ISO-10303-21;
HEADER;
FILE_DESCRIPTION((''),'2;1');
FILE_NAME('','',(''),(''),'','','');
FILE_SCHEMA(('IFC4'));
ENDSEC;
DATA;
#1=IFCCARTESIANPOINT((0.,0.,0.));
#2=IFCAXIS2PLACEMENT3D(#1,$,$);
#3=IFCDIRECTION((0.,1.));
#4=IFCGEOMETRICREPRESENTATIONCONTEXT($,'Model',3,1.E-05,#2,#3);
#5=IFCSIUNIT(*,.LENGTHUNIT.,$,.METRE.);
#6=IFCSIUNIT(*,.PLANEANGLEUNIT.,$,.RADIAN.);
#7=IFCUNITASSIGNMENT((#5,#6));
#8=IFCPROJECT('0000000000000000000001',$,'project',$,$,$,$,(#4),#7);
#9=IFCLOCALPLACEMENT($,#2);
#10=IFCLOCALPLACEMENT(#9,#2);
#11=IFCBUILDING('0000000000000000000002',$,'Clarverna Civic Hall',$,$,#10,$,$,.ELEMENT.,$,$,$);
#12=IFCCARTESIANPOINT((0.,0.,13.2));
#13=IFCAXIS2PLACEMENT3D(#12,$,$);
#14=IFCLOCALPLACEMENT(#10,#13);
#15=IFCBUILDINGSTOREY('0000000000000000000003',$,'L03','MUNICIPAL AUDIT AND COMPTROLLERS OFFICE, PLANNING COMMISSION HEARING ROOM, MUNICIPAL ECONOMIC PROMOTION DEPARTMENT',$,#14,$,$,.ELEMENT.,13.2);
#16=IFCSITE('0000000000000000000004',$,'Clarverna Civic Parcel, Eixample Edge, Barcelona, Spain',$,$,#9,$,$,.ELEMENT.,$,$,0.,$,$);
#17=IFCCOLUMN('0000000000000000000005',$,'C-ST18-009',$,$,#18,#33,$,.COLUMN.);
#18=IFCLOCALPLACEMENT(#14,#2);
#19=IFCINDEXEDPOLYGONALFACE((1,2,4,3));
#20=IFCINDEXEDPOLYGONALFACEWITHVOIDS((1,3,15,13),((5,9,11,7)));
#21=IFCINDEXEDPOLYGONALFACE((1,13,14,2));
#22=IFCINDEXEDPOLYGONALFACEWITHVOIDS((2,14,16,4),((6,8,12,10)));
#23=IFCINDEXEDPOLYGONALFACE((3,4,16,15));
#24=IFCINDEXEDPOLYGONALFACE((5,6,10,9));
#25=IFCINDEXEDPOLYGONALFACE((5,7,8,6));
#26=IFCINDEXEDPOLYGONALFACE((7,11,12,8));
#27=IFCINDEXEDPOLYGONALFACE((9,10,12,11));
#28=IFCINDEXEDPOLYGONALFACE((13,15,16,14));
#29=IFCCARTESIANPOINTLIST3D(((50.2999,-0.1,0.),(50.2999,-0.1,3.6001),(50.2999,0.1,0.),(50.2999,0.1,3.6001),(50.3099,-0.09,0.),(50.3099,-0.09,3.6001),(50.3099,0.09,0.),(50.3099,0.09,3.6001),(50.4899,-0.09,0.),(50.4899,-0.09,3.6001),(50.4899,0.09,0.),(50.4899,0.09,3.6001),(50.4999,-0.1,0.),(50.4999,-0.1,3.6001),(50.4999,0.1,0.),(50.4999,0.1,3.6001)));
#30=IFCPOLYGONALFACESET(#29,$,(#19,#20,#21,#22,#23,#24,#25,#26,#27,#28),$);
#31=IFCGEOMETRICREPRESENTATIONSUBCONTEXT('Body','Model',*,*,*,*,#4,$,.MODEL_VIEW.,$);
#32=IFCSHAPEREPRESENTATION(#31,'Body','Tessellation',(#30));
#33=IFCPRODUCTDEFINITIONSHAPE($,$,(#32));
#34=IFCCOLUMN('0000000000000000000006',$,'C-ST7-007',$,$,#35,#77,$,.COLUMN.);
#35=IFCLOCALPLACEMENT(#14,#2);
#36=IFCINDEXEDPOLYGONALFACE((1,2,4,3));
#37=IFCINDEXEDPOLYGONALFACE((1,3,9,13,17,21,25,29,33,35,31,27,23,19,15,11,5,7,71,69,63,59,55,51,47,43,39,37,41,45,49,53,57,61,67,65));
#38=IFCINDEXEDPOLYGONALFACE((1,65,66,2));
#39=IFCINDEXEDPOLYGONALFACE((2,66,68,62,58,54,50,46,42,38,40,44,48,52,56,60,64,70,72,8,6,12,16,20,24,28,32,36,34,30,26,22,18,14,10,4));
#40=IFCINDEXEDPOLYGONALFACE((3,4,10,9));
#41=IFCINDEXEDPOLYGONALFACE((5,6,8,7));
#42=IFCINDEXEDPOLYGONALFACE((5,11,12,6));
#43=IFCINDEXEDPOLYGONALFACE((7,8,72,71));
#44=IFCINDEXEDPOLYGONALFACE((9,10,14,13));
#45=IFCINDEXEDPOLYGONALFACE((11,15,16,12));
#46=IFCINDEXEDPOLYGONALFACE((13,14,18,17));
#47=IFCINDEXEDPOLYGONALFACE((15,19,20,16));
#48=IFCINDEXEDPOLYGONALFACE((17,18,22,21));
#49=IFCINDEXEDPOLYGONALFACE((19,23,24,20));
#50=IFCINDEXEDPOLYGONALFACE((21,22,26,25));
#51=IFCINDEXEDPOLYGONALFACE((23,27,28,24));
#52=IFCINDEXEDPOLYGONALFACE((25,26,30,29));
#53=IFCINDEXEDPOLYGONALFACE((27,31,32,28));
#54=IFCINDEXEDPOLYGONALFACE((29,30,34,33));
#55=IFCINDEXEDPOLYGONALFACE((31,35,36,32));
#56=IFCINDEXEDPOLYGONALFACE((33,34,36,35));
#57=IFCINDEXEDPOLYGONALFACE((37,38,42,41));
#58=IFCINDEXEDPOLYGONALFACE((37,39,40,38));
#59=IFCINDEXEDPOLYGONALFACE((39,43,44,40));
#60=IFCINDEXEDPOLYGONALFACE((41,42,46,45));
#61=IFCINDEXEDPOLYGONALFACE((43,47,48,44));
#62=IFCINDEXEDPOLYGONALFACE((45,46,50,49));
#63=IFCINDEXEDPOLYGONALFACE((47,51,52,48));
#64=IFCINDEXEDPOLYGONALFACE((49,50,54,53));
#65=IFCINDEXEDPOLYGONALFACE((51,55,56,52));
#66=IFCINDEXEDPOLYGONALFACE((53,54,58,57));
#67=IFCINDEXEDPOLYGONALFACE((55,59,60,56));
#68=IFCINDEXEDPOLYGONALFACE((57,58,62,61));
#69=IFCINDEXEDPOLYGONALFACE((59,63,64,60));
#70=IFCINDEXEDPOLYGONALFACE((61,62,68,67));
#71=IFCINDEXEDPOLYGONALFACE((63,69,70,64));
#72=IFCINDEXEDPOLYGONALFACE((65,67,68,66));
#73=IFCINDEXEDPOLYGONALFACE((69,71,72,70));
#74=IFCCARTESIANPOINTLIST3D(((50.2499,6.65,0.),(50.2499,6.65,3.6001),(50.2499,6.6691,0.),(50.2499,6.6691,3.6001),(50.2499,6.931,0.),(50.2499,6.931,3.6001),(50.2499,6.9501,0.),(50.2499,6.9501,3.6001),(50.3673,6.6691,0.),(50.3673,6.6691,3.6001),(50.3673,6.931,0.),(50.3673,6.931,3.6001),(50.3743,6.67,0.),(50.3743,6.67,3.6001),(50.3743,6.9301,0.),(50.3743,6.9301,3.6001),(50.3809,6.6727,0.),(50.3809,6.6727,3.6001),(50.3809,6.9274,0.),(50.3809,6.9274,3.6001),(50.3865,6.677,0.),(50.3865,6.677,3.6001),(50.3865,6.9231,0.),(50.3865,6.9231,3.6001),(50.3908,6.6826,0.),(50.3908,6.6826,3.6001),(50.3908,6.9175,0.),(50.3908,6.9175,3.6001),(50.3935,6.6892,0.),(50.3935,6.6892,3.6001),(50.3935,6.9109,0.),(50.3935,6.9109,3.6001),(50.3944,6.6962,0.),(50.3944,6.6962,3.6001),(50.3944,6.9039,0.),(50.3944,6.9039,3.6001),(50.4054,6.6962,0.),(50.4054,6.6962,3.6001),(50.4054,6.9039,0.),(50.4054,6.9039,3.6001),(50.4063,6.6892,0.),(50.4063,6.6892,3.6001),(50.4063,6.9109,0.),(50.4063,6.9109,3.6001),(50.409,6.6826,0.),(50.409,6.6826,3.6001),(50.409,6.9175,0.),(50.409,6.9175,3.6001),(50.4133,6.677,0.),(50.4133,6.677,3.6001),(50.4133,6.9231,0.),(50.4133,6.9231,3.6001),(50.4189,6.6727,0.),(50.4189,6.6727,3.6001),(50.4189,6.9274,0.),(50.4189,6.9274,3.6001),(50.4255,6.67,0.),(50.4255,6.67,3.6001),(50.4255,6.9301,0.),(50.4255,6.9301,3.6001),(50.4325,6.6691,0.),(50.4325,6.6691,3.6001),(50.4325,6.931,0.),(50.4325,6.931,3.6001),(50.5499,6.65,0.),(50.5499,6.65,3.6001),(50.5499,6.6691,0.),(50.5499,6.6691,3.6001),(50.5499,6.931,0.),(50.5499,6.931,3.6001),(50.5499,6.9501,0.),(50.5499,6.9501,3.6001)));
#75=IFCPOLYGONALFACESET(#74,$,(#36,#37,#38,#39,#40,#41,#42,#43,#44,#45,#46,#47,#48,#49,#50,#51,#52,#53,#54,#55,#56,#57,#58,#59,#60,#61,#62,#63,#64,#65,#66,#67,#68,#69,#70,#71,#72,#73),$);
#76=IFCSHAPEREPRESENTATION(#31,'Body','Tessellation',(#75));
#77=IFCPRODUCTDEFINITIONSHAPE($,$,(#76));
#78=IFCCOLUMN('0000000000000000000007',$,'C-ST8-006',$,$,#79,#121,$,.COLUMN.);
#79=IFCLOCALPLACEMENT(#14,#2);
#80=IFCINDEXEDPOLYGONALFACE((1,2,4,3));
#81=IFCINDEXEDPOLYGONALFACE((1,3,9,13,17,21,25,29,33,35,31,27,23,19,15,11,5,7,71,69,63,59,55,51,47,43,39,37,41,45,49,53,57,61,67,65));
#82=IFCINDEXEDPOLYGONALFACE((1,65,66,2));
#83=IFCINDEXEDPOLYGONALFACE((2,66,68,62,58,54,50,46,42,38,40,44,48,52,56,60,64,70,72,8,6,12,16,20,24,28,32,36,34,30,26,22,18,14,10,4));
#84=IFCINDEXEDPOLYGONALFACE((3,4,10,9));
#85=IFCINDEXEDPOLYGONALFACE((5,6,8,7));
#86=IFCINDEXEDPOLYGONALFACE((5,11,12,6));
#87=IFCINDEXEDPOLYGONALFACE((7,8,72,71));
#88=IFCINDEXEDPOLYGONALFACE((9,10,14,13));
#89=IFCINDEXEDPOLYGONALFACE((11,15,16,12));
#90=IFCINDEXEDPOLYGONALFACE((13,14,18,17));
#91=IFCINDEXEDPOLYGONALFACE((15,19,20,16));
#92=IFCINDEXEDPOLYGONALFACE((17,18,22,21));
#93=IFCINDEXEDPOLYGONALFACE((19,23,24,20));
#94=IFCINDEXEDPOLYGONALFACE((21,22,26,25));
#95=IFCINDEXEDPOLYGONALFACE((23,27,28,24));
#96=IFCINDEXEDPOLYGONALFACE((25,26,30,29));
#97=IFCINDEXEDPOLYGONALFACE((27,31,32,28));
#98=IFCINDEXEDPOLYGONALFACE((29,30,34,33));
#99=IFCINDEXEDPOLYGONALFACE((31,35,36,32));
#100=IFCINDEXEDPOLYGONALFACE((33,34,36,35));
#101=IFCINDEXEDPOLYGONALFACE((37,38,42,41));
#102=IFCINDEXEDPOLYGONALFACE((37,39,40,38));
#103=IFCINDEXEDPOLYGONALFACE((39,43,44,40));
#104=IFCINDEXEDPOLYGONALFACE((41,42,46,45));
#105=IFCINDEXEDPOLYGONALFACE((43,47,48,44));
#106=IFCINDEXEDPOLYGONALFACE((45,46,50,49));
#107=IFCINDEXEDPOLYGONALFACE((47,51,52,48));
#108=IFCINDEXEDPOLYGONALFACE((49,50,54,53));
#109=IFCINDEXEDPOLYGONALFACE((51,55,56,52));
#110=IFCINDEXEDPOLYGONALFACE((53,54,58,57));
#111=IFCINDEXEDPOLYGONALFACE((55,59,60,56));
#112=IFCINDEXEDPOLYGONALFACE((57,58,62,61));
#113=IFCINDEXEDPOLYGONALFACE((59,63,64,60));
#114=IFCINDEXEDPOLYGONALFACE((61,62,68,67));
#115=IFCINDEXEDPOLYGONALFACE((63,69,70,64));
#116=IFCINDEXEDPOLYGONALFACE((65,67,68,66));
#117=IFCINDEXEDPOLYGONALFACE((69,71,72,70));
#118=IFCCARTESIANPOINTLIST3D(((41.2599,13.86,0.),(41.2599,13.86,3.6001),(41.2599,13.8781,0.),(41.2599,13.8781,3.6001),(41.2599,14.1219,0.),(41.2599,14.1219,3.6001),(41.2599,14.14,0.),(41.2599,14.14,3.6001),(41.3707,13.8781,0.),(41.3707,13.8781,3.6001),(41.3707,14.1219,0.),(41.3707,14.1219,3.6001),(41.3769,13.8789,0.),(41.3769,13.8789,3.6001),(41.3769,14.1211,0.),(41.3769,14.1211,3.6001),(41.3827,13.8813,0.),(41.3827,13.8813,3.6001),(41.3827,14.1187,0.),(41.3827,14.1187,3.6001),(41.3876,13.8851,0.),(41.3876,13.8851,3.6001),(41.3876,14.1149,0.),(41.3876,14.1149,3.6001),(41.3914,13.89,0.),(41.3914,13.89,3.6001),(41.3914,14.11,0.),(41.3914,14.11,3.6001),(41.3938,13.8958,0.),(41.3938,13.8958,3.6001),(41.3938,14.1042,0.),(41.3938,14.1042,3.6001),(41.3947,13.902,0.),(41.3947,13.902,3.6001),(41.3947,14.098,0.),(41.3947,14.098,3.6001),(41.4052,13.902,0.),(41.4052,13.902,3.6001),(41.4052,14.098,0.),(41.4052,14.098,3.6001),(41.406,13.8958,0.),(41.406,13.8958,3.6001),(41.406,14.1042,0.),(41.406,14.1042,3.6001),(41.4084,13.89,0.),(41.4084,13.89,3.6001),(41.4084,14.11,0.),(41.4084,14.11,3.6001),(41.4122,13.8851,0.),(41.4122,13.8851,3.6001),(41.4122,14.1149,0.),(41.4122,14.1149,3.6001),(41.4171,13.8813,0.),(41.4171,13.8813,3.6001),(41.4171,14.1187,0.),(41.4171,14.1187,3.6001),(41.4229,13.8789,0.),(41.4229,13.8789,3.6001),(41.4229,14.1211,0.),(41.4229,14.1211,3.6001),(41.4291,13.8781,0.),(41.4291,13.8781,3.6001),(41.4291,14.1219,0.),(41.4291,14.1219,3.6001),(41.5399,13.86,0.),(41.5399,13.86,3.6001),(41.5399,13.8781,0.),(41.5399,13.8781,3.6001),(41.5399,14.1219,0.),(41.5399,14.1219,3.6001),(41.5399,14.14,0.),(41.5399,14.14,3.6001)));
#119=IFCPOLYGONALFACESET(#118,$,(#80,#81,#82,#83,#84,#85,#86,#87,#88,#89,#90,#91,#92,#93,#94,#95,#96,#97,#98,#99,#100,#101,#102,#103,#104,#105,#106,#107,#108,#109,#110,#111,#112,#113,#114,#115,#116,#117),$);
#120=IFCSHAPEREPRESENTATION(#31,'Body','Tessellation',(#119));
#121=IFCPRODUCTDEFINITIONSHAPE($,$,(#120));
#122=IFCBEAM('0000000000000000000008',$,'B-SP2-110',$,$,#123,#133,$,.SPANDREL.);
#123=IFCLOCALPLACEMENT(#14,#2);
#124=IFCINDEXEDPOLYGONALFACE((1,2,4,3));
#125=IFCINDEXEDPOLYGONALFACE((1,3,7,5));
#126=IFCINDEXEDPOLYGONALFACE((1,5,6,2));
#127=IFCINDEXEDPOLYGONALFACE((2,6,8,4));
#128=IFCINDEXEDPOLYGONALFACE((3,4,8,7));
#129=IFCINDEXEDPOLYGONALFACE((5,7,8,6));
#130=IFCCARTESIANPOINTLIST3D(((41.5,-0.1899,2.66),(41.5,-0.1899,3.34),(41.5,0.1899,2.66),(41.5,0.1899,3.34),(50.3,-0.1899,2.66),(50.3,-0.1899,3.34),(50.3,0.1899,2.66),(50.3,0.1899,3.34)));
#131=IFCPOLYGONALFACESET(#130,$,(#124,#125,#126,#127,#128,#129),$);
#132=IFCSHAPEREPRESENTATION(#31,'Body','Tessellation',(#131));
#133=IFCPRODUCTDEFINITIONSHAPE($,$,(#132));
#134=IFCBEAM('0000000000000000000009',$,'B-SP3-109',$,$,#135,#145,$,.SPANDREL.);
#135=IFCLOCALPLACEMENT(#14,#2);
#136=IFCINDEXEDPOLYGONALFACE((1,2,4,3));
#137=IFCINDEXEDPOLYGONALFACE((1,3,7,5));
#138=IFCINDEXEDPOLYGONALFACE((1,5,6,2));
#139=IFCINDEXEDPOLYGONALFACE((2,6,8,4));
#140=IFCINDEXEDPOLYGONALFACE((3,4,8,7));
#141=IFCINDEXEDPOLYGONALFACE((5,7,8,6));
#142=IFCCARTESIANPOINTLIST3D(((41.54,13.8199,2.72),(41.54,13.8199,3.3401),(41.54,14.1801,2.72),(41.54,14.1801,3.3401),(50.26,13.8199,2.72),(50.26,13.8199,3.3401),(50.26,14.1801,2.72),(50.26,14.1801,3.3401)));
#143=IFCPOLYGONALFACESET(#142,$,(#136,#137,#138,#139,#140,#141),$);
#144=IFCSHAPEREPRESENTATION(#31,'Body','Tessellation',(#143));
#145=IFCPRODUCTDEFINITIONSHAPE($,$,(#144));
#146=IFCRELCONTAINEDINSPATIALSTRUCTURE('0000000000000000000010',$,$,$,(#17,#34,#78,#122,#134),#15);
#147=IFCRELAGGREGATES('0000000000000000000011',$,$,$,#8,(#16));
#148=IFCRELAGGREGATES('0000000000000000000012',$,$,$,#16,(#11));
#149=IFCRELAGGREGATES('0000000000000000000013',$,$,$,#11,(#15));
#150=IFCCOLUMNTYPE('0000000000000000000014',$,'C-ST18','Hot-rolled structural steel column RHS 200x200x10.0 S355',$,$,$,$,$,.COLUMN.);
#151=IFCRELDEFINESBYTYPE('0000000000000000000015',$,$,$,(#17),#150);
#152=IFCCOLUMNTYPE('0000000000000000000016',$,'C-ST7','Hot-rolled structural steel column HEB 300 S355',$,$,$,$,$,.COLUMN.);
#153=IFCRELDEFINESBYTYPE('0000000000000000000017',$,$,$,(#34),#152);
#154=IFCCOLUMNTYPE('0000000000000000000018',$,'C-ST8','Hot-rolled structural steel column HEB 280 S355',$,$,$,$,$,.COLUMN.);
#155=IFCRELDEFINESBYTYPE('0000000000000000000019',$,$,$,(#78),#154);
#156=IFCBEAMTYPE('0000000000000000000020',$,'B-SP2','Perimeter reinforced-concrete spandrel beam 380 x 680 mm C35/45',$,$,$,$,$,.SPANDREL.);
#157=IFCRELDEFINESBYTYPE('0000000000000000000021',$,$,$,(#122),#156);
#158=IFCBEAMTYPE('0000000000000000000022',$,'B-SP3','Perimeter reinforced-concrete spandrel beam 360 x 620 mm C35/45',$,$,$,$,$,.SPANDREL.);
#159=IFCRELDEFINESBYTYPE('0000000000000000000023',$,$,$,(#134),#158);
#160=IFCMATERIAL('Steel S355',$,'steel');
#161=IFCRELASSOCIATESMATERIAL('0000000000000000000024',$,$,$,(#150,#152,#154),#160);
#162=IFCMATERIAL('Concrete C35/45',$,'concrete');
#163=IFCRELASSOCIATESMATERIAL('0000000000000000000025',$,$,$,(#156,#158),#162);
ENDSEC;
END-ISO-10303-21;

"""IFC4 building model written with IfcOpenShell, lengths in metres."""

from ifc_helpers import new_model, si_unit, direction, frame, origin, origin_2d, place, context, subcontext, project, spatial, rectangle, hollow_rectangle, i_section, extrude, material, material_profile, profile_set, type_object, element, save


model = new_model("IFC4")

# Units and contexts
model_context = context("Model", 3, precision=1e-05, world=origin(), true_north=direction((0.0, 1.0)))
body_context = subcontext(model_context, "Body", "Model", "MODEL_VIEW")
ifc_project = project(units=[si_unit("LENGTHUNIT", "METRE"), si_unit("PLANEANGLEUNIT", "RADIAN")], contexts=[model_context])

# Site, building, storey
site_placement = place(None, origin())
site = spatial("IfcSite", under=ifc_project, at=site_placement, Name="Clarverna Civic Parcel, Eixample Edge, Barcelona, Spain", CompositionType="ELEMENT", RefElevation=0.0)
building_placement = place(site_placement, origin())
building = spatial("IfcBuilding", under=site, at=building_placement, Name="Clarverna Civic Hall", CompositionType="ELEMENT")
storey_placement = place(building_placement, frame((0.0, 0.0, 13.2)))
storey = spatial("IfcBuildingStorey", under=building, at=storey_placement, Name="L03", Description="MUNICIPAL AUDIT AND COMPTROLLERS OFFICE, PLANNING COMMISSION HEARING ROOM, MUNICIPAL ECONOMIC PROMOTION DEPARTMENT", CompositionType="ELEMENT", Elevation=13.2)

# Columns
ifc_material_1 = material(Name="Steel S355", Category="steel")
ifc_material_profile_1 = material_profile(ifc_material_1, hollow_rectangle(XDim=0.2, YDim=0.2, WallThickness=0.01, at=origin_2d()), Name="RHS 200x200x10.0")
ifc_profile_set_1 = profile_set([ifc_material_profile_1], Name="Steel S355")
column_type_1 = type_object("IfcColumnType", Name="C-ST18", Description="Hot-rolled structural steel column RHS 200x200x10.0 S355", PredefinedType="COLUMN", material=ifc_profile_set_1)
column_1_placement = place(storey_placement, frame((50.3999, 0.0, 0.0), z_axis=(0.0, 0.0, 1.0), x_axis=(1.0, 0.0, 0.0)))
element("IfcColumn", 1, at=column_1_placement, inside=storey, type_object=column_type_1, Name="C-ST18-009", PredefinedType="COLUMN", context=body_context, shape_type="SweptSolid", body=[
    extrude(hollow_rectangle(XDim=0.2, YDim=0.2, WallThickness=0.01, at=origin_2d()), origin(), (0.0, 0.0, 1.0), 3.6001),
])
ifc_material_profile_2 = material_profile(ifc_material_1, i_section(OverallWidth=0.3, OverallDepth=0.3, WebThickness=0.011, FlangeThickness=0.019, FilletRadius=0.0271, at=origin_2d()), Name="HEB 300")
ifc_profile_set_2 = profile_set([ifc_material_profile_2], Name="Steel S355")
column_type_2 = type_object("IfcColumnType", Name="C-ST7", Description="Hot-rolled structural steel column HEB 300 S355", PredefinedType="COLUMN", material=ifc_profile_set_2)
column_2_placement = place(storey_placement, frame((50.3999, 6.8, 0.0), z_axis=(0.0, 0.0, 1.0), x_axis=(1.0, 0.0, 0.0)))
element("IfcColumn", 2, at=column_2_placement, inside=storey, type_object=column_type_2, Name="C-ST7-007", PredefinedType="COLUMN", context=body_context, shape_type="SweptSolid", body=[
    extrude(i_section(OverallWidth=0.3, OverallDepth=0.3, WebThickness=0.011, FlangeThickness=0.019, FilletRadius=0.0271, at=origin_2d()), origin(), (0.0, 0.0, 1.0), 3.6001),
])
ifc_material_profile_3 = material_profile(ifc_material_1, i_section(OverallWidth=0.28, OverallDepth=0.28, WebThickness=0.0105, FlangeThickness=0.0181, FilletRadius=0.0239, at=origin_2d()), Name="HEB 280")
ifc_profile_set_3 = profile_set([ifc_material_profile_3], Name="Steel S355")
column_type_3 = type_object("IfcColumnType", Name="C-ST8", Description="Hot-rolled structural steel column HEB 280 S355", PredefinedType="COLUMN", material=ifc_profile_set_3)
column_3_placement = place(storey_placement, frame((41.3999, 14.0, 0.0), z_axis=(0.0, 0.0, 1.0), x_axis=(1.0, 0.0, 0.0)))
element("IfcColumn", 3, at=column_3_placement, inside=storey, type_object=column_type_3, Name="C-ST8-006", PredefinedType="COLUMN", context=body_context, shape_type="SweptSolid", body=[
    extrude(i_section(OverallWidth=0.28, OverallDepth=0.28, WebThickness=0.0105, FlangeThickness=0.0181, FilletRadius=0.0239, at=origin_2d()), origin(), (0.0, 0.0, 1.0), 3.6001),
])

# Beams
ifc_material_2 = material(Name="Concrete C35/45", Category="concrete")
ifc_material_profile_4 = material_profile(ifc_material_2, rectangle(XDim=0.3799, YDim=0.6799, at=origin_2d()), Name="RC 380x680")
ifc_profile_set_4 = profile_set([ifc_material_profile_4], Name="Concrete C35/45")
beam_type_1 = type_object("IfcBeamType", Name="B-SP2", Description="Perimeter reinforced-concrete spandrel beam 380 x 680 mm C35/45", PredefinedType="SPANDREL", material=ifc_profile_set_4)
beam_1_placement = place(storey_placement, frame((41.5, 0.0, 3.0), z_axis=(1.0, 0.0, 0.0), x_axis=(0.0, 1.0, 0.0)))
element("IfcBeam", 4, at=beam_1_placement, inside=storey, type_object=beam_type_1, Name="B-SP2-110", PredefinedType="SPANDREL", context=body_context, shape_type="SweptSolid", body=[
    extrude(rectangle(XDim=0.3799, YDim=0.6799, at=origin_2d()), origin(), (0.0, 0.0, 1.0), 8.8),
])
ifc_material_profile_5 = material_profile(ifc_material_2, rectangle(XDim=0.3601, YDim=0.6201, at=origin_2d()), Name="RC 360x620")
ifc_profile_set_5 = profile_set([ifc_material_profile_5], Name="Concrete C35/45")
beam_type_2 = type_object("IfcBeamType", Name="B-SP3", Description="Perimeter reinforced-concrete spandrel beam 360 x 620 mm C35/45", PredefinedType="SPANDREL", material=ifc_profile_set_5)
beam_2_placement = place(storey_placement, frame((41.54, 14.0, 3.03), z_axis=(1.0, 0.0, 0.0), x_axis=(0.0, 1.0, 0.0)))
element("IfcBeam", 5, at=beam_2_placement, inside=storey, type_object=beam_type_2, Name="B-SP3-109", PredefinedType="SPANDREL", context=body_context, shape_type="SweptSolid", body=[
    extrude(rectangle(XDim=0.3601, YDim=0.6201, at=origin_2d()), origin(), (0.0, 0.0, 1.0), 8.72),
])

save(model, "model.ifc")
